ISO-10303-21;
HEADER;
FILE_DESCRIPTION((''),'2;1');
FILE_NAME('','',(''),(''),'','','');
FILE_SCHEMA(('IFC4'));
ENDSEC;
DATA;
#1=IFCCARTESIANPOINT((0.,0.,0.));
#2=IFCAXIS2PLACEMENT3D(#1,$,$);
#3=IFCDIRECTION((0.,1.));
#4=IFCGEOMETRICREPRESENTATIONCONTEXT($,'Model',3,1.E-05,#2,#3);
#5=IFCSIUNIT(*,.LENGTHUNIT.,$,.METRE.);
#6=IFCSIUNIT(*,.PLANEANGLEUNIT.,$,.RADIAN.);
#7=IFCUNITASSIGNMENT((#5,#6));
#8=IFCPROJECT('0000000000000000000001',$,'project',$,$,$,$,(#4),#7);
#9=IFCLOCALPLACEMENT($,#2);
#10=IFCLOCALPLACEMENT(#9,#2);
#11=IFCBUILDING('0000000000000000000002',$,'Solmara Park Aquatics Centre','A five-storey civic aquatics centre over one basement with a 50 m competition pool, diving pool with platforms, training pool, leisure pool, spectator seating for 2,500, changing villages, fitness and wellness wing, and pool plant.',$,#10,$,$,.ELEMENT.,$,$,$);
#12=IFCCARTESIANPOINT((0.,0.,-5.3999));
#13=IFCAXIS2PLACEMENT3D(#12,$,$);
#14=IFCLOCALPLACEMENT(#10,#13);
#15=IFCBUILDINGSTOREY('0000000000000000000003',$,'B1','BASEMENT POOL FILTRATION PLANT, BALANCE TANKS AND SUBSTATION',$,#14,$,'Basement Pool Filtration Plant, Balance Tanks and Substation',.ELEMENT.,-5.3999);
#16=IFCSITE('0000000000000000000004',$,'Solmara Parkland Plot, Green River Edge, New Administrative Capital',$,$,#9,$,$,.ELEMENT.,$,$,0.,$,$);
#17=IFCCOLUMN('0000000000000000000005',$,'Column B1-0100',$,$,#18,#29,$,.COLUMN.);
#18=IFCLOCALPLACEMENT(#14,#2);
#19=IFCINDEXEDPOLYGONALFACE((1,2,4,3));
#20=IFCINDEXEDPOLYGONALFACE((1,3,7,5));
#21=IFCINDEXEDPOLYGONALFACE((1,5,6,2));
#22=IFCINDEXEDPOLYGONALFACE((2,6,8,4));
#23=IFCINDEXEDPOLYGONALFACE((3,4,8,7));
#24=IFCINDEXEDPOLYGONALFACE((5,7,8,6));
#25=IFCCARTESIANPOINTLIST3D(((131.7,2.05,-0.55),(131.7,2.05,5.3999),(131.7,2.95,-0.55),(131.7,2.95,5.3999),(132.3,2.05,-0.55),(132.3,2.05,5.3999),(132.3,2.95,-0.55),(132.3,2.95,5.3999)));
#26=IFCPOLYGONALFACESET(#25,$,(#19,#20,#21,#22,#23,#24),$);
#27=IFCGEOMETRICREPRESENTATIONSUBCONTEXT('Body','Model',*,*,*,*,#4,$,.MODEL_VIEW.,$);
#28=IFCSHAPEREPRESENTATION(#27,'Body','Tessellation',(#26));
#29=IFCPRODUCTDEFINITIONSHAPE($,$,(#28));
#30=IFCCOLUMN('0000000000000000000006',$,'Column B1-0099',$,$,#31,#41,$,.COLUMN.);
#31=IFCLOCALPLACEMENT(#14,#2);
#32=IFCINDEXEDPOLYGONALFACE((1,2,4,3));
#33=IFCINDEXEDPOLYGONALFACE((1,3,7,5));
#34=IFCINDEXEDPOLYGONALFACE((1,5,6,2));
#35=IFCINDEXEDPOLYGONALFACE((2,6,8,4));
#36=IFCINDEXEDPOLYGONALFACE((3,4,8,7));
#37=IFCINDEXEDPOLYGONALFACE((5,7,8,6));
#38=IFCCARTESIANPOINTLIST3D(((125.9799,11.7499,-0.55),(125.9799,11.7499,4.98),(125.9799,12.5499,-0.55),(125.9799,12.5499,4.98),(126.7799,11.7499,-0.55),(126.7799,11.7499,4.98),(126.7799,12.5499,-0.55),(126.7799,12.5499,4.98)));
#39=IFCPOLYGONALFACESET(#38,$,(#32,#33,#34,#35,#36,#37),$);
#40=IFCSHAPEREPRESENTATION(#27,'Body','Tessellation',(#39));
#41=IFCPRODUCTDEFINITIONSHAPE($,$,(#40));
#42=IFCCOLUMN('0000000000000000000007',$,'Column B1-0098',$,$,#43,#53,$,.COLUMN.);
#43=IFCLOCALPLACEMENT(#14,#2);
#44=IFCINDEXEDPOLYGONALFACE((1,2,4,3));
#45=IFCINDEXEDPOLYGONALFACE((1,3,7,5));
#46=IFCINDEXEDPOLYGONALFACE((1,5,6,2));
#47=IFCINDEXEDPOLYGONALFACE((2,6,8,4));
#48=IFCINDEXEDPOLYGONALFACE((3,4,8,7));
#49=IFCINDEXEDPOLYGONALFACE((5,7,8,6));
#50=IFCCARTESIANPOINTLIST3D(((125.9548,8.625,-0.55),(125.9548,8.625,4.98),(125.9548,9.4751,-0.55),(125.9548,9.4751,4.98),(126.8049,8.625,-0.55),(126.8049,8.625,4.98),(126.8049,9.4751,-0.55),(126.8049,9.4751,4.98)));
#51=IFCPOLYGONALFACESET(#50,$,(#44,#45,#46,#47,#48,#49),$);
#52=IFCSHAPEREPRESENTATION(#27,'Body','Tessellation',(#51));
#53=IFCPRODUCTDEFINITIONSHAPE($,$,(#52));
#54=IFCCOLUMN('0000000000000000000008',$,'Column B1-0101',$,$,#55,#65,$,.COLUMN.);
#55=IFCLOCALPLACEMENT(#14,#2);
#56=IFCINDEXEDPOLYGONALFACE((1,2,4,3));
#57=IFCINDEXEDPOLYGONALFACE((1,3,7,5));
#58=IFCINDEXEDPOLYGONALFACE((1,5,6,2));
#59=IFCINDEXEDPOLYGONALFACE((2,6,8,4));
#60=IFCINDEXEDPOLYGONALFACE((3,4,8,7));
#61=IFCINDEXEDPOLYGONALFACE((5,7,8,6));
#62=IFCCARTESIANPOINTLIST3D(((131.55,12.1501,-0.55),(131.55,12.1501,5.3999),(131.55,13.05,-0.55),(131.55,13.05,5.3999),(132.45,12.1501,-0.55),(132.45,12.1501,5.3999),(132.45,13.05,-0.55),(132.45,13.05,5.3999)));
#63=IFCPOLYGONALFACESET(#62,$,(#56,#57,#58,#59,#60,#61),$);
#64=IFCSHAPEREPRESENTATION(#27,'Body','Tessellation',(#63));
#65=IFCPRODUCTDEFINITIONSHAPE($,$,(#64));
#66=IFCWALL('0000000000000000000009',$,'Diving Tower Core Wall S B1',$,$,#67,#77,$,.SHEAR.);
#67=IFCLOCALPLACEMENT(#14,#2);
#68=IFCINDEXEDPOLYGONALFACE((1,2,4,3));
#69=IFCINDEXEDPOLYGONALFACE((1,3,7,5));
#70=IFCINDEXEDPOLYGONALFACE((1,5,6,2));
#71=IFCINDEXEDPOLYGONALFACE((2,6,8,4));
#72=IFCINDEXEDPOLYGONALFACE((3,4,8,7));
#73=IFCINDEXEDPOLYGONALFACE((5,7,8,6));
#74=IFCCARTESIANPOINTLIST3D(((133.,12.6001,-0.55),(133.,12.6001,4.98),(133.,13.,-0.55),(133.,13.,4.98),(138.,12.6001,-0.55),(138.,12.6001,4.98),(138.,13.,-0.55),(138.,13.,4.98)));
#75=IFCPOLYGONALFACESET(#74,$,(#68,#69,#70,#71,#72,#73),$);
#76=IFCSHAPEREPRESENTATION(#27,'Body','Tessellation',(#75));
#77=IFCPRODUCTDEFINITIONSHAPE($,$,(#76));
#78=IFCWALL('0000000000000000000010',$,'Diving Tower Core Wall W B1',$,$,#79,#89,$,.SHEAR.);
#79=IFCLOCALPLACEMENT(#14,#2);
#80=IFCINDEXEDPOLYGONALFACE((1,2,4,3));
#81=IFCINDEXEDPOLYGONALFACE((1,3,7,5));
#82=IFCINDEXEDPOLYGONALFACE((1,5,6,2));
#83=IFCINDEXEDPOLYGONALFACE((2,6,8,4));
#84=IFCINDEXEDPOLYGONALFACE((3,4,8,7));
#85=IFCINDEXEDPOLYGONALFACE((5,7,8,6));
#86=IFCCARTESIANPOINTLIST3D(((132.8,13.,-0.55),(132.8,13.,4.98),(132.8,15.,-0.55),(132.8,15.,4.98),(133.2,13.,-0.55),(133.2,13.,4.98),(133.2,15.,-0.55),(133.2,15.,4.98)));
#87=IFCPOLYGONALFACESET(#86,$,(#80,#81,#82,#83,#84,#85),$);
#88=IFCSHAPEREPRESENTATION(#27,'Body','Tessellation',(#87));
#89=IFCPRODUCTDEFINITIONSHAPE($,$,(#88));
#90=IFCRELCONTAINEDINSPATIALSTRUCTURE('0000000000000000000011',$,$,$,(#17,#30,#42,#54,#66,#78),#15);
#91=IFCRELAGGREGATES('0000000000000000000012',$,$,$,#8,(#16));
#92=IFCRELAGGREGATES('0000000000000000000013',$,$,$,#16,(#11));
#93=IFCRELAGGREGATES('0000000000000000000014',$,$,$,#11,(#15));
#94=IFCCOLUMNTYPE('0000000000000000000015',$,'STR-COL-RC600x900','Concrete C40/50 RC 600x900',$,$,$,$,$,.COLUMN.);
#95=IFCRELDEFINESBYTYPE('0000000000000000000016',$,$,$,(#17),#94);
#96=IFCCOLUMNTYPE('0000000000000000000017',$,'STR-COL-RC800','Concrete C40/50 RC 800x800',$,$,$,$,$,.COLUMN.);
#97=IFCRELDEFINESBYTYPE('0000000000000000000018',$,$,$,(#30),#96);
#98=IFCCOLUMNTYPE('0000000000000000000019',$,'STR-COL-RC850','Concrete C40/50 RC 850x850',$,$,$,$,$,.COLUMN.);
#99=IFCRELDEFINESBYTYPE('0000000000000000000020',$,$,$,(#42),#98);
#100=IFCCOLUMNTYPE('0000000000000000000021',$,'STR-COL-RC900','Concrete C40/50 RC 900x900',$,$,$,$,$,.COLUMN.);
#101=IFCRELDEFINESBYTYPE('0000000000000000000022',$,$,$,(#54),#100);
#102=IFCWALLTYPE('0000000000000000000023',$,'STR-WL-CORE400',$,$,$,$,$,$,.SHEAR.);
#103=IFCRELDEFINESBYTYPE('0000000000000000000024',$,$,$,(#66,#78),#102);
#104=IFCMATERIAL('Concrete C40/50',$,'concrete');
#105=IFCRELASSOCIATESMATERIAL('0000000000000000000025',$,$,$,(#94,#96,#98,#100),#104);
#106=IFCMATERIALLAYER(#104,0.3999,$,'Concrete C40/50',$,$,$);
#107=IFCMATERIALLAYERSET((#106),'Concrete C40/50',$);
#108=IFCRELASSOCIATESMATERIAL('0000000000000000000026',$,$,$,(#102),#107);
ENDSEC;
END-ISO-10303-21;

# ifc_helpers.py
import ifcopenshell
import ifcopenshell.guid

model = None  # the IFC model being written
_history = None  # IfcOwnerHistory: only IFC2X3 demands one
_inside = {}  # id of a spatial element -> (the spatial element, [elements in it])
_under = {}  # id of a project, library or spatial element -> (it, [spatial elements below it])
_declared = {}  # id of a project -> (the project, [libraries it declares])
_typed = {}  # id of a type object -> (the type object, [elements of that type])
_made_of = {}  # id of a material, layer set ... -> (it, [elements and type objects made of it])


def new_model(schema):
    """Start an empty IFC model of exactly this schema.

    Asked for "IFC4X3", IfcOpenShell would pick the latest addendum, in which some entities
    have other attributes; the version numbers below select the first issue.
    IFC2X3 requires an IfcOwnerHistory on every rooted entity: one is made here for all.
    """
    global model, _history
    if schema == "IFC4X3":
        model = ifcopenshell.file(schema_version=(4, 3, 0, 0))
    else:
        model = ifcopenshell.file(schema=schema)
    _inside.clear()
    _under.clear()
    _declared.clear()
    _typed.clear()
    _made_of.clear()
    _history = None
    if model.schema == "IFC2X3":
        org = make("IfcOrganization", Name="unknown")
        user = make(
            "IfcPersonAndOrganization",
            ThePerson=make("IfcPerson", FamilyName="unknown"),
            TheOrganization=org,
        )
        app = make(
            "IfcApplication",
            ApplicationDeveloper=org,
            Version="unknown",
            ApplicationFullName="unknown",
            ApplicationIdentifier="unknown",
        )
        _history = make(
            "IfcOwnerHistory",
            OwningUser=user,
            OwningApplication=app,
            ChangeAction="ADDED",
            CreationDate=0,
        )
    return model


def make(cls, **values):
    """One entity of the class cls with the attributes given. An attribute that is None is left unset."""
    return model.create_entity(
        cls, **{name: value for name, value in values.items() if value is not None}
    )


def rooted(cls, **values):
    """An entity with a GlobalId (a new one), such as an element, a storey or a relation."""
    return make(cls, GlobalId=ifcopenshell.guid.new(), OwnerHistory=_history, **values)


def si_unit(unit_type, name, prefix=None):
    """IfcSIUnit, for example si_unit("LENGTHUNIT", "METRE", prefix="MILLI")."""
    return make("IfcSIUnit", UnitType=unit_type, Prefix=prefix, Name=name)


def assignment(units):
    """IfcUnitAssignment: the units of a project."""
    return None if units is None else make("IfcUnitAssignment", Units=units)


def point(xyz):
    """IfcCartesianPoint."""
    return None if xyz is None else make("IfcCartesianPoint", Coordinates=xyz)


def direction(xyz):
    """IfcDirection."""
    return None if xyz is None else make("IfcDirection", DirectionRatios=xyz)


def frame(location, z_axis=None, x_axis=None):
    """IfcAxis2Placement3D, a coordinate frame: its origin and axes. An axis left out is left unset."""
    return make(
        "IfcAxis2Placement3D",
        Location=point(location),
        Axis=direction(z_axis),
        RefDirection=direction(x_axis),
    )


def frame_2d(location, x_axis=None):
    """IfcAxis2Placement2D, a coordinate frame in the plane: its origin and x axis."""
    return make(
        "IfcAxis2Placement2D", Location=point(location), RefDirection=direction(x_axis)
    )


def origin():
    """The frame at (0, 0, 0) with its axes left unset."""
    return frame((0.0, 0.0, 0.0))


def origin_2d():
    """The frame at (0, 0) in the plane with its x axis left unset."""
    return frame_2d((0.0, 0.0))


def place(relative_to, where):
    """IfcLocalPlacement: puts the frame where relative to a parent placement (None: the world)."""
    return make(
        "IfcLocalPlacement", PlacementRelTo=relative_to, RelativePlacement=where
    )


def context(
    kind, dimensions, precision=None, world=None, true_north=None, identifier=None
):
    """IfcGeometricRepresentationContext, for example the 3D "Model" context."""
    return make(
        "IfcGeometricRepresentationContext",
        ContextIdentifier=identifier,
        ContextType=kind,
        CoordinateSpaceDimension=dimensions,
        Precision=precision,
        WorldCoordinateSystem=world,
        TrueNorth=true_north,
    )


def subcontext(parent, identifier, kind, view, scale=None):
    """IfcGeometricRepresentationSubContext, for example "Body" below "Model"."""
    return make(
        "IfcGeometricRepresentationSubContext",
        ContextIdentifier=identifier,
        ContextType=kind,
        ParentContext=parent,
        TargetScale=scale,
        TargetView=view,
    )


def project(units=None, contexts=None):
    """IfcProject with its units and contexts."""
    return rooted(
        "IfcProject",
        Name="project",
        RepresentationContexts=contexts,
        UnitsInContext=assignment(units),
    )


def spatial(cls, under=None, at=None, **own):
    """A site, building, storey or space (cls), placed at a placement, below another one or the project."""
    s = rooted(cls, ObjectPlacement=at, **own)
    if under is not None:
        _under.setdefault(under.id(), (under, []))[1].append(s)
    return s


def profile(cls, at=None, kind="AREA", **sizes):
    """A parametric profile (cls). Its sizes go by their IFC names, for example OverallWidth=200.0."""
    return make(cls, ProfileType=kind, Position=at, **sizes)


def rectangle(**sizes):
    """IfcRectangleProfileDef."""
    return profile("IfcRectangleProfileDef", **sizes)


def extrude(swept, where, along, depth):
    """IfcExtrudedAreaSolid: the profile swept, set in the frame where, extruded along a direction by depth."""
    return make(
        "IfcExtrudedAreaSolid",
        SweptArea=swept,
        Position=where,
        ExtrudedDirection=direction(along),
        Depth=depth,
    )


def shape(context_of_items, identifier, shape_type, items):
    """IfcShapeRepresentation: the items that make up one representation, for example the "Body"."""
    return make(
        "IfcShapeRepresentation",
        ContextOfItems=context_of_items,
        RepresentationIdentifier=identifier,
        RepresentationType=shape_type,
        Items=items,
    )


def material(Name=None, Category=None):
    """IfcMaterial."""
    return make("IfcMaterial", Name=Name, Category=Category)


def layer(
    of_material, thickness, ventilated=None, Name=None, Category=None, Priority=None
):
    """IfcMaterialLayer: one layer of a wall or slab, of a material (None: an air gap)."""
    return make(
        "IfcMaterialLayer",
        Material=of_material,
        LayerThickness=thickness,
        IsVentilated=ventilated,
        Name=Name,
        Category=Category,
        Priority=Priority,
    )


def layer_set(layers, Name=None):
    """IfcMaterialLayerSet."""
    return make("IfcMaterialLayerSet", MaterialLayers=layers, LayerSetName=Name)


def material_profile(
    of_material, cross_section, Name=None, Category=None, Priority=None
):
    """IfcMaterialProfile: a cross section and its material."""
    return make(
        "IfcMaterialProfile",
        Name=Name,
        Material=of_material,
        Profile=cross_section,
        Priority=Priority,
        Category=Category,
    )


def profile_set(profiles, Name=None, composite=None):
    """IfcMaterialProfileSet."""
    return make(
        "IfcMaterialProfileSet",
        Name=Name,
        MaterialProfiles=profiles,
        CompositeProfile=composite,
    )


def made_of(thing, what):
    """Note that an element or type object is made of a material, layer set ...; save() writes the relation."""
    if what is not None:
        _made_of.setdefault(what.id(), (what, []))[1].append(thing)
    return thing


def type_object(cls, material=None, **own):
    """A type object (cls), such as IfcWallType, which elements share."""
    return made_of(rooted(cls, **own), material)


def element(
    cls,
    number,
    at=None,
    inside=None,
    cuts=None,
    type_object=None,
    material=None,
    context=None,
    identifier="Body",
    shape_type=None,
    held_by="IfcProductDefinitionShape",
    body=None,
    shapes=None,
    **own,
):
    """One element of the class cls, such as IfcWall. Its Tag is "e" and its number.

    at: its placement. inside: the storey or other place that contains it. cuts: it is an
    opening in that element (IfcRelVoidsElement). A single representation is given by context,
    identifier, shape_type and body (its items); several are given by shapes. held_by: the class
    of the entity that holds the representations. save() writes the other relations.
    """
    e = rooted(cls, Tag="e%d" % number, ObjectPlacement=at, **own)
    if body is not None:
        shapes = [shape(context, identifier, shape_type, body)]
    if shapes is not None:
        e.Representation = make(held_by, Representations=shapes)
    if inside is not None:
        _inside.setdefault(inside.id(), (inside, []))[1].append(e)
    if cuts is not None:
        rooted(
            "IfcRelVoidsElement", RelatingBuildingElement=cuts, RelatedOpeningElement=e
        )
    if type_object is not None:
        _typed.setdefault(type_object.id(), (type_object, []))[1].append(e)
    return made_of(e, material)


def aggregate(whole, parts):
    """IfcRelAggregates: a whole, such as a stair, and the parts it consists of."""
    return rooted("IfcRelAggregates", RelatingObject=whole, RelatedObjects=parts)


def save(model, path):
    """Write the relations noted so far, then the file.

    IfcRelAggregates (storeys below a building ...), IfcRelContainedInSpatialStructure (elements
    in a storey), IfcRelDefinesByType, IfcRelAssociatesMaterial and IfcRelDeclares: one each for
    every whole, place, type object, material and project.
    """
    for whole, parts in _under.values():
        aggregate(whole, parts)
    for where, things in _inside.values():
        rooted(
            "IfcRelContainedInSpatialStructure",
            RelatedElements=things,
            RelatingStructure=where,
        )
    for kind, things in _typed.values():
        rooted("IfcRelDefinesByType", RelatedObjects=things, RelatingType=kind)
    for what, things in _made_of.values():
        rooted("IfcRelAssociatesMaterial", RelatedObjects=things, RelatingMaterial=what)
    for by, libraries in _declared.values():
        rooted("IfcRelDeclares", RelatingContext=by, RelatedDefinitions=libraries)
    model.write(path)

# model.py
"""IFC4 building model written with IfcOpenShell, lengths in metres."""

from ifc_helpers import new_model, si_unit, direction, frame, frame_2d, origin, origin_2d, place, context, subcontext, project, spatial, rectangle, extrude, material, layer, layer_set, material_profile, profile_set, type_object, element, save


model = new_model("IFC4")

# Units and contexts
model_context = context("Model", 3, precision=1e-05, world=origin(), true_north=direction((0.0, 1.0)))
body_context = subcontext(model_context, "Body", "Model", "MODEL_VIEW")
ifc_project = project(units=[si_unit("LENGTHUNIT", "METRE"), si_unit("PLANEANGLEUNIT", "RADIAN")], contexts=[model_context])

# Site, building, storey
site_placement = place(None, origin())
site = spatial("IfcSite", under=ifc_project, at=site_placement, Name="Solmara Parkland Plot, Green River Edge, New Administrative Capital", CompositionType="ELEMENT", RefElevation=0.0)
building_placement = place(site_placement, origin())
building = spatial("IfcBuilding", under=site, at=building_placement, Name="Solmara Park Aquatics Centre", Description="A five-storey civic aquatics centre over one basement with a 50 m competition pool, diving pool with platforms, training pool, leisure pool, spectator seating for 2,500, changing villages, fitness and wellness wing, and pool plant.", CompositionType="ELEMENT")
storey_placement = place(building_placement, frame((0.0, 0.0, -5.3999)))
storey = spatial("IfcBuildingStorey", under=building, at=storey_placement, Name="B1", Description="BASEMENT POOL FILTRATION PLANT, BALANCE TANKS AND SUBSTATION", LongName="Basement Pool Filtration Plant, Balance Tanks and Substation", CompositionType="ELEMENT", Elevation=-5.3999)

# Columns
ifc_material_1 = material(Name="Concrete C40/50", Category="concrete")
ifc_material_profile_1 = material_profile(ifc_material_1, rectangle(XDim=0.6001, YDim=0.8999, at=origin_2d()), Name="RC 600x900")
ifc_profile_set_1 = profile_set([ifc_material_profile_1], Name="Concrete C40/50")
column_type_1 = type_object("IfcColumnType", Name="STR-COL-RC600x900", Description="Concrete C40/50 RC 600x900", PredefinedType="COLUMN", material=ifc_profile_set_1)
column_1_placement = place(storey_placement, frame((132.0, 2.5, -0.55), z_axis=(0.0, 0.0, 1.0), x_axis=(1.0, 0.0, 0.0)))
element("IfcColumn", 1, at=column_1_placement, inside=storey, type_object=column_type_1, Name="Column B1-0100", PredefinedType="COLUMN", context=body_context, shape_type="SweptSolid", body=[
    extrude(rectangle(XDim=0.6001, YDim=0.8999, at=origin_2d()), origin(), (0.0, 0.0, 1.0), 5.95),
])
ifc_material_profile_2 = material_profile(ifc_material_1, rectangle(XDim=0.8, YDim=0.8, at=origin_2d()), Name="RC 800x800")
ifc_profile_set_2 = profile_set([ifc_material_profile_2], Name="Concrete C40/50")
column_type_2 = type_object("IfcColumnType", Name="STR-COL-RC800", Description="Concrete C40/50 RC 800x800", PredefinedType="COLUMN", material=ifc_profile_set_2)
column_2_placement = place(storey_placement, frame((126.3799, 12.1499, -0.55), z_axis=(0.0, 0.0, 1.0), x_axis=(1.0, 0.0, 0.0)))
element("IfcColumn", 2, at=column_2_placement, inside=storey, type_object=column_type_2, Name="Column B1-0099", PredefinedType="COLUMN", context=body_context, shape_type="SweptSolid", body=[
    extrude(rectangle(XDim=0.8, YDim=0.8, at=origin_2d()), origin(), (0.0, 0.0, 1.0), 5.53),
])
ifc_material_profile_3 = material_profile(ifc_material_1, rectangle(XDim=0.8501, YDim=0.8501, at=origin_2d()), Name="RC 850x850")
ifc_profile_set_3 = profile_set([ifc_material_profile_3], Name="Concrete C40/50")
column_type_3 = type_object("IfcColumnType", Name="STR-COL-RC850", Description="Concrete C40/50 RC 850x850", PredefinedType="COLUMN", material=ifc_profile_set_3)
column_3_placement = place(storey_placement, frame((126.3799, 9.05, -0.55), z_axis=(0.0, 0.0, 1.0), x_axis=(1.0, 0.0, 0.0)))
element("IfcColumn", 3, at=column_3_placement, inside=storey, type_object=column_type_3, Name="Column B1-0098", PredefinedType="COLUMN", context=body_context, shape_type="SweptSolid", body=[
    extrude(rectangle(XDim=0.8501, YDim=0.8501, at=origin_2d()), origin(), (0.0, 0.0, 1.0), 5.53),
])
ifc_material_profile_4 = material_profile(ifc_material_1, rectangle(XDim=0.8999, YDim=0.8999, at=origin_2d()), Name="RC 900x900")
ifc_profile_set_4 = profile_set([ifc_material_profile_4], Name="Concrete C40/50")
column_type_4 = type_object("IfcColumnType", Name="STR-COL-RC900", Description="Concrete C40/50 RC 900x900", PredefinedType="COLUMN", material=ifc_profile_set_4)
column_4_placement = place(storey_placement, frame((132.0, 12.6001, -0.55), z_axis=(0.0, 0.0, 1.0), x_axis=(1.0, 0.0, 0.0)))
element("IfcColumn", 4, at=column_4_placement, inside=storey, type_object=column_type_4, Name="Column B1-0101", PredefinedType="COLUMN", context=body_context, shape_type="SweptSolid", body=[
    extrude(rectangle(XDim=0.8999, YDim=0.8999, at=origin_2d()), origin(), (0.0, 0.0, 1.0), 5.95),
])

# Walls
ifc_layer = layer(ifc_material_1, 0.3999, Name="Concrete C40/50")
ifc_layer_set = layer_set([ifc_layer], Name="Concrete C40/50")
wall_type = type_object("IfcWallType", Name="STR-WL-CORE400", PredefinedType="SHEAR", material=ifc_layer_set)
wall_1_placement = place(storey_placement, frame((133.0, 12.8, -0.55), z_axis=(0.0, 0.0, 1.0), x_axis=(1.0, 0.0, 0.0)))
element("IfcWall", 5, at=wall_1_placement, inside=storey, type_object=wall_type, Name="Diving Tower Core Wall S B1", PredefinedType="SHEAR", context=body_context, shape_type="SweptSolid", body=[
    extrude(rectangle(XDim=5.0, YDim=0.3999, at=frame_2d((2.5, 0.0))), origin(), (0.0, 0.0, 1.0), 5.53),
])
wall_2_placement = place(storey_placement, frame((133.0, 13.0, -0.55), z_axis=(0.0, 0.0, 1.0), x_axis=(0.0, 1.0, 0.0)))
element("IfcWall", 6, at=wall_2_placement, inside=storey, type_object=wall_type, Name="Diving Tower Core Wall W B1", PredefinedType="SHEAR", context=body_context, shape_type="SweptSolid", body=[
    extrude(rectangle(XDim=2.0, YDim=0.3999, at=frame_2d((1.0, 0.0))), origin(), (0.0, 0.0, 1.0), 5.53),
])

save(model, "model.ifc")
